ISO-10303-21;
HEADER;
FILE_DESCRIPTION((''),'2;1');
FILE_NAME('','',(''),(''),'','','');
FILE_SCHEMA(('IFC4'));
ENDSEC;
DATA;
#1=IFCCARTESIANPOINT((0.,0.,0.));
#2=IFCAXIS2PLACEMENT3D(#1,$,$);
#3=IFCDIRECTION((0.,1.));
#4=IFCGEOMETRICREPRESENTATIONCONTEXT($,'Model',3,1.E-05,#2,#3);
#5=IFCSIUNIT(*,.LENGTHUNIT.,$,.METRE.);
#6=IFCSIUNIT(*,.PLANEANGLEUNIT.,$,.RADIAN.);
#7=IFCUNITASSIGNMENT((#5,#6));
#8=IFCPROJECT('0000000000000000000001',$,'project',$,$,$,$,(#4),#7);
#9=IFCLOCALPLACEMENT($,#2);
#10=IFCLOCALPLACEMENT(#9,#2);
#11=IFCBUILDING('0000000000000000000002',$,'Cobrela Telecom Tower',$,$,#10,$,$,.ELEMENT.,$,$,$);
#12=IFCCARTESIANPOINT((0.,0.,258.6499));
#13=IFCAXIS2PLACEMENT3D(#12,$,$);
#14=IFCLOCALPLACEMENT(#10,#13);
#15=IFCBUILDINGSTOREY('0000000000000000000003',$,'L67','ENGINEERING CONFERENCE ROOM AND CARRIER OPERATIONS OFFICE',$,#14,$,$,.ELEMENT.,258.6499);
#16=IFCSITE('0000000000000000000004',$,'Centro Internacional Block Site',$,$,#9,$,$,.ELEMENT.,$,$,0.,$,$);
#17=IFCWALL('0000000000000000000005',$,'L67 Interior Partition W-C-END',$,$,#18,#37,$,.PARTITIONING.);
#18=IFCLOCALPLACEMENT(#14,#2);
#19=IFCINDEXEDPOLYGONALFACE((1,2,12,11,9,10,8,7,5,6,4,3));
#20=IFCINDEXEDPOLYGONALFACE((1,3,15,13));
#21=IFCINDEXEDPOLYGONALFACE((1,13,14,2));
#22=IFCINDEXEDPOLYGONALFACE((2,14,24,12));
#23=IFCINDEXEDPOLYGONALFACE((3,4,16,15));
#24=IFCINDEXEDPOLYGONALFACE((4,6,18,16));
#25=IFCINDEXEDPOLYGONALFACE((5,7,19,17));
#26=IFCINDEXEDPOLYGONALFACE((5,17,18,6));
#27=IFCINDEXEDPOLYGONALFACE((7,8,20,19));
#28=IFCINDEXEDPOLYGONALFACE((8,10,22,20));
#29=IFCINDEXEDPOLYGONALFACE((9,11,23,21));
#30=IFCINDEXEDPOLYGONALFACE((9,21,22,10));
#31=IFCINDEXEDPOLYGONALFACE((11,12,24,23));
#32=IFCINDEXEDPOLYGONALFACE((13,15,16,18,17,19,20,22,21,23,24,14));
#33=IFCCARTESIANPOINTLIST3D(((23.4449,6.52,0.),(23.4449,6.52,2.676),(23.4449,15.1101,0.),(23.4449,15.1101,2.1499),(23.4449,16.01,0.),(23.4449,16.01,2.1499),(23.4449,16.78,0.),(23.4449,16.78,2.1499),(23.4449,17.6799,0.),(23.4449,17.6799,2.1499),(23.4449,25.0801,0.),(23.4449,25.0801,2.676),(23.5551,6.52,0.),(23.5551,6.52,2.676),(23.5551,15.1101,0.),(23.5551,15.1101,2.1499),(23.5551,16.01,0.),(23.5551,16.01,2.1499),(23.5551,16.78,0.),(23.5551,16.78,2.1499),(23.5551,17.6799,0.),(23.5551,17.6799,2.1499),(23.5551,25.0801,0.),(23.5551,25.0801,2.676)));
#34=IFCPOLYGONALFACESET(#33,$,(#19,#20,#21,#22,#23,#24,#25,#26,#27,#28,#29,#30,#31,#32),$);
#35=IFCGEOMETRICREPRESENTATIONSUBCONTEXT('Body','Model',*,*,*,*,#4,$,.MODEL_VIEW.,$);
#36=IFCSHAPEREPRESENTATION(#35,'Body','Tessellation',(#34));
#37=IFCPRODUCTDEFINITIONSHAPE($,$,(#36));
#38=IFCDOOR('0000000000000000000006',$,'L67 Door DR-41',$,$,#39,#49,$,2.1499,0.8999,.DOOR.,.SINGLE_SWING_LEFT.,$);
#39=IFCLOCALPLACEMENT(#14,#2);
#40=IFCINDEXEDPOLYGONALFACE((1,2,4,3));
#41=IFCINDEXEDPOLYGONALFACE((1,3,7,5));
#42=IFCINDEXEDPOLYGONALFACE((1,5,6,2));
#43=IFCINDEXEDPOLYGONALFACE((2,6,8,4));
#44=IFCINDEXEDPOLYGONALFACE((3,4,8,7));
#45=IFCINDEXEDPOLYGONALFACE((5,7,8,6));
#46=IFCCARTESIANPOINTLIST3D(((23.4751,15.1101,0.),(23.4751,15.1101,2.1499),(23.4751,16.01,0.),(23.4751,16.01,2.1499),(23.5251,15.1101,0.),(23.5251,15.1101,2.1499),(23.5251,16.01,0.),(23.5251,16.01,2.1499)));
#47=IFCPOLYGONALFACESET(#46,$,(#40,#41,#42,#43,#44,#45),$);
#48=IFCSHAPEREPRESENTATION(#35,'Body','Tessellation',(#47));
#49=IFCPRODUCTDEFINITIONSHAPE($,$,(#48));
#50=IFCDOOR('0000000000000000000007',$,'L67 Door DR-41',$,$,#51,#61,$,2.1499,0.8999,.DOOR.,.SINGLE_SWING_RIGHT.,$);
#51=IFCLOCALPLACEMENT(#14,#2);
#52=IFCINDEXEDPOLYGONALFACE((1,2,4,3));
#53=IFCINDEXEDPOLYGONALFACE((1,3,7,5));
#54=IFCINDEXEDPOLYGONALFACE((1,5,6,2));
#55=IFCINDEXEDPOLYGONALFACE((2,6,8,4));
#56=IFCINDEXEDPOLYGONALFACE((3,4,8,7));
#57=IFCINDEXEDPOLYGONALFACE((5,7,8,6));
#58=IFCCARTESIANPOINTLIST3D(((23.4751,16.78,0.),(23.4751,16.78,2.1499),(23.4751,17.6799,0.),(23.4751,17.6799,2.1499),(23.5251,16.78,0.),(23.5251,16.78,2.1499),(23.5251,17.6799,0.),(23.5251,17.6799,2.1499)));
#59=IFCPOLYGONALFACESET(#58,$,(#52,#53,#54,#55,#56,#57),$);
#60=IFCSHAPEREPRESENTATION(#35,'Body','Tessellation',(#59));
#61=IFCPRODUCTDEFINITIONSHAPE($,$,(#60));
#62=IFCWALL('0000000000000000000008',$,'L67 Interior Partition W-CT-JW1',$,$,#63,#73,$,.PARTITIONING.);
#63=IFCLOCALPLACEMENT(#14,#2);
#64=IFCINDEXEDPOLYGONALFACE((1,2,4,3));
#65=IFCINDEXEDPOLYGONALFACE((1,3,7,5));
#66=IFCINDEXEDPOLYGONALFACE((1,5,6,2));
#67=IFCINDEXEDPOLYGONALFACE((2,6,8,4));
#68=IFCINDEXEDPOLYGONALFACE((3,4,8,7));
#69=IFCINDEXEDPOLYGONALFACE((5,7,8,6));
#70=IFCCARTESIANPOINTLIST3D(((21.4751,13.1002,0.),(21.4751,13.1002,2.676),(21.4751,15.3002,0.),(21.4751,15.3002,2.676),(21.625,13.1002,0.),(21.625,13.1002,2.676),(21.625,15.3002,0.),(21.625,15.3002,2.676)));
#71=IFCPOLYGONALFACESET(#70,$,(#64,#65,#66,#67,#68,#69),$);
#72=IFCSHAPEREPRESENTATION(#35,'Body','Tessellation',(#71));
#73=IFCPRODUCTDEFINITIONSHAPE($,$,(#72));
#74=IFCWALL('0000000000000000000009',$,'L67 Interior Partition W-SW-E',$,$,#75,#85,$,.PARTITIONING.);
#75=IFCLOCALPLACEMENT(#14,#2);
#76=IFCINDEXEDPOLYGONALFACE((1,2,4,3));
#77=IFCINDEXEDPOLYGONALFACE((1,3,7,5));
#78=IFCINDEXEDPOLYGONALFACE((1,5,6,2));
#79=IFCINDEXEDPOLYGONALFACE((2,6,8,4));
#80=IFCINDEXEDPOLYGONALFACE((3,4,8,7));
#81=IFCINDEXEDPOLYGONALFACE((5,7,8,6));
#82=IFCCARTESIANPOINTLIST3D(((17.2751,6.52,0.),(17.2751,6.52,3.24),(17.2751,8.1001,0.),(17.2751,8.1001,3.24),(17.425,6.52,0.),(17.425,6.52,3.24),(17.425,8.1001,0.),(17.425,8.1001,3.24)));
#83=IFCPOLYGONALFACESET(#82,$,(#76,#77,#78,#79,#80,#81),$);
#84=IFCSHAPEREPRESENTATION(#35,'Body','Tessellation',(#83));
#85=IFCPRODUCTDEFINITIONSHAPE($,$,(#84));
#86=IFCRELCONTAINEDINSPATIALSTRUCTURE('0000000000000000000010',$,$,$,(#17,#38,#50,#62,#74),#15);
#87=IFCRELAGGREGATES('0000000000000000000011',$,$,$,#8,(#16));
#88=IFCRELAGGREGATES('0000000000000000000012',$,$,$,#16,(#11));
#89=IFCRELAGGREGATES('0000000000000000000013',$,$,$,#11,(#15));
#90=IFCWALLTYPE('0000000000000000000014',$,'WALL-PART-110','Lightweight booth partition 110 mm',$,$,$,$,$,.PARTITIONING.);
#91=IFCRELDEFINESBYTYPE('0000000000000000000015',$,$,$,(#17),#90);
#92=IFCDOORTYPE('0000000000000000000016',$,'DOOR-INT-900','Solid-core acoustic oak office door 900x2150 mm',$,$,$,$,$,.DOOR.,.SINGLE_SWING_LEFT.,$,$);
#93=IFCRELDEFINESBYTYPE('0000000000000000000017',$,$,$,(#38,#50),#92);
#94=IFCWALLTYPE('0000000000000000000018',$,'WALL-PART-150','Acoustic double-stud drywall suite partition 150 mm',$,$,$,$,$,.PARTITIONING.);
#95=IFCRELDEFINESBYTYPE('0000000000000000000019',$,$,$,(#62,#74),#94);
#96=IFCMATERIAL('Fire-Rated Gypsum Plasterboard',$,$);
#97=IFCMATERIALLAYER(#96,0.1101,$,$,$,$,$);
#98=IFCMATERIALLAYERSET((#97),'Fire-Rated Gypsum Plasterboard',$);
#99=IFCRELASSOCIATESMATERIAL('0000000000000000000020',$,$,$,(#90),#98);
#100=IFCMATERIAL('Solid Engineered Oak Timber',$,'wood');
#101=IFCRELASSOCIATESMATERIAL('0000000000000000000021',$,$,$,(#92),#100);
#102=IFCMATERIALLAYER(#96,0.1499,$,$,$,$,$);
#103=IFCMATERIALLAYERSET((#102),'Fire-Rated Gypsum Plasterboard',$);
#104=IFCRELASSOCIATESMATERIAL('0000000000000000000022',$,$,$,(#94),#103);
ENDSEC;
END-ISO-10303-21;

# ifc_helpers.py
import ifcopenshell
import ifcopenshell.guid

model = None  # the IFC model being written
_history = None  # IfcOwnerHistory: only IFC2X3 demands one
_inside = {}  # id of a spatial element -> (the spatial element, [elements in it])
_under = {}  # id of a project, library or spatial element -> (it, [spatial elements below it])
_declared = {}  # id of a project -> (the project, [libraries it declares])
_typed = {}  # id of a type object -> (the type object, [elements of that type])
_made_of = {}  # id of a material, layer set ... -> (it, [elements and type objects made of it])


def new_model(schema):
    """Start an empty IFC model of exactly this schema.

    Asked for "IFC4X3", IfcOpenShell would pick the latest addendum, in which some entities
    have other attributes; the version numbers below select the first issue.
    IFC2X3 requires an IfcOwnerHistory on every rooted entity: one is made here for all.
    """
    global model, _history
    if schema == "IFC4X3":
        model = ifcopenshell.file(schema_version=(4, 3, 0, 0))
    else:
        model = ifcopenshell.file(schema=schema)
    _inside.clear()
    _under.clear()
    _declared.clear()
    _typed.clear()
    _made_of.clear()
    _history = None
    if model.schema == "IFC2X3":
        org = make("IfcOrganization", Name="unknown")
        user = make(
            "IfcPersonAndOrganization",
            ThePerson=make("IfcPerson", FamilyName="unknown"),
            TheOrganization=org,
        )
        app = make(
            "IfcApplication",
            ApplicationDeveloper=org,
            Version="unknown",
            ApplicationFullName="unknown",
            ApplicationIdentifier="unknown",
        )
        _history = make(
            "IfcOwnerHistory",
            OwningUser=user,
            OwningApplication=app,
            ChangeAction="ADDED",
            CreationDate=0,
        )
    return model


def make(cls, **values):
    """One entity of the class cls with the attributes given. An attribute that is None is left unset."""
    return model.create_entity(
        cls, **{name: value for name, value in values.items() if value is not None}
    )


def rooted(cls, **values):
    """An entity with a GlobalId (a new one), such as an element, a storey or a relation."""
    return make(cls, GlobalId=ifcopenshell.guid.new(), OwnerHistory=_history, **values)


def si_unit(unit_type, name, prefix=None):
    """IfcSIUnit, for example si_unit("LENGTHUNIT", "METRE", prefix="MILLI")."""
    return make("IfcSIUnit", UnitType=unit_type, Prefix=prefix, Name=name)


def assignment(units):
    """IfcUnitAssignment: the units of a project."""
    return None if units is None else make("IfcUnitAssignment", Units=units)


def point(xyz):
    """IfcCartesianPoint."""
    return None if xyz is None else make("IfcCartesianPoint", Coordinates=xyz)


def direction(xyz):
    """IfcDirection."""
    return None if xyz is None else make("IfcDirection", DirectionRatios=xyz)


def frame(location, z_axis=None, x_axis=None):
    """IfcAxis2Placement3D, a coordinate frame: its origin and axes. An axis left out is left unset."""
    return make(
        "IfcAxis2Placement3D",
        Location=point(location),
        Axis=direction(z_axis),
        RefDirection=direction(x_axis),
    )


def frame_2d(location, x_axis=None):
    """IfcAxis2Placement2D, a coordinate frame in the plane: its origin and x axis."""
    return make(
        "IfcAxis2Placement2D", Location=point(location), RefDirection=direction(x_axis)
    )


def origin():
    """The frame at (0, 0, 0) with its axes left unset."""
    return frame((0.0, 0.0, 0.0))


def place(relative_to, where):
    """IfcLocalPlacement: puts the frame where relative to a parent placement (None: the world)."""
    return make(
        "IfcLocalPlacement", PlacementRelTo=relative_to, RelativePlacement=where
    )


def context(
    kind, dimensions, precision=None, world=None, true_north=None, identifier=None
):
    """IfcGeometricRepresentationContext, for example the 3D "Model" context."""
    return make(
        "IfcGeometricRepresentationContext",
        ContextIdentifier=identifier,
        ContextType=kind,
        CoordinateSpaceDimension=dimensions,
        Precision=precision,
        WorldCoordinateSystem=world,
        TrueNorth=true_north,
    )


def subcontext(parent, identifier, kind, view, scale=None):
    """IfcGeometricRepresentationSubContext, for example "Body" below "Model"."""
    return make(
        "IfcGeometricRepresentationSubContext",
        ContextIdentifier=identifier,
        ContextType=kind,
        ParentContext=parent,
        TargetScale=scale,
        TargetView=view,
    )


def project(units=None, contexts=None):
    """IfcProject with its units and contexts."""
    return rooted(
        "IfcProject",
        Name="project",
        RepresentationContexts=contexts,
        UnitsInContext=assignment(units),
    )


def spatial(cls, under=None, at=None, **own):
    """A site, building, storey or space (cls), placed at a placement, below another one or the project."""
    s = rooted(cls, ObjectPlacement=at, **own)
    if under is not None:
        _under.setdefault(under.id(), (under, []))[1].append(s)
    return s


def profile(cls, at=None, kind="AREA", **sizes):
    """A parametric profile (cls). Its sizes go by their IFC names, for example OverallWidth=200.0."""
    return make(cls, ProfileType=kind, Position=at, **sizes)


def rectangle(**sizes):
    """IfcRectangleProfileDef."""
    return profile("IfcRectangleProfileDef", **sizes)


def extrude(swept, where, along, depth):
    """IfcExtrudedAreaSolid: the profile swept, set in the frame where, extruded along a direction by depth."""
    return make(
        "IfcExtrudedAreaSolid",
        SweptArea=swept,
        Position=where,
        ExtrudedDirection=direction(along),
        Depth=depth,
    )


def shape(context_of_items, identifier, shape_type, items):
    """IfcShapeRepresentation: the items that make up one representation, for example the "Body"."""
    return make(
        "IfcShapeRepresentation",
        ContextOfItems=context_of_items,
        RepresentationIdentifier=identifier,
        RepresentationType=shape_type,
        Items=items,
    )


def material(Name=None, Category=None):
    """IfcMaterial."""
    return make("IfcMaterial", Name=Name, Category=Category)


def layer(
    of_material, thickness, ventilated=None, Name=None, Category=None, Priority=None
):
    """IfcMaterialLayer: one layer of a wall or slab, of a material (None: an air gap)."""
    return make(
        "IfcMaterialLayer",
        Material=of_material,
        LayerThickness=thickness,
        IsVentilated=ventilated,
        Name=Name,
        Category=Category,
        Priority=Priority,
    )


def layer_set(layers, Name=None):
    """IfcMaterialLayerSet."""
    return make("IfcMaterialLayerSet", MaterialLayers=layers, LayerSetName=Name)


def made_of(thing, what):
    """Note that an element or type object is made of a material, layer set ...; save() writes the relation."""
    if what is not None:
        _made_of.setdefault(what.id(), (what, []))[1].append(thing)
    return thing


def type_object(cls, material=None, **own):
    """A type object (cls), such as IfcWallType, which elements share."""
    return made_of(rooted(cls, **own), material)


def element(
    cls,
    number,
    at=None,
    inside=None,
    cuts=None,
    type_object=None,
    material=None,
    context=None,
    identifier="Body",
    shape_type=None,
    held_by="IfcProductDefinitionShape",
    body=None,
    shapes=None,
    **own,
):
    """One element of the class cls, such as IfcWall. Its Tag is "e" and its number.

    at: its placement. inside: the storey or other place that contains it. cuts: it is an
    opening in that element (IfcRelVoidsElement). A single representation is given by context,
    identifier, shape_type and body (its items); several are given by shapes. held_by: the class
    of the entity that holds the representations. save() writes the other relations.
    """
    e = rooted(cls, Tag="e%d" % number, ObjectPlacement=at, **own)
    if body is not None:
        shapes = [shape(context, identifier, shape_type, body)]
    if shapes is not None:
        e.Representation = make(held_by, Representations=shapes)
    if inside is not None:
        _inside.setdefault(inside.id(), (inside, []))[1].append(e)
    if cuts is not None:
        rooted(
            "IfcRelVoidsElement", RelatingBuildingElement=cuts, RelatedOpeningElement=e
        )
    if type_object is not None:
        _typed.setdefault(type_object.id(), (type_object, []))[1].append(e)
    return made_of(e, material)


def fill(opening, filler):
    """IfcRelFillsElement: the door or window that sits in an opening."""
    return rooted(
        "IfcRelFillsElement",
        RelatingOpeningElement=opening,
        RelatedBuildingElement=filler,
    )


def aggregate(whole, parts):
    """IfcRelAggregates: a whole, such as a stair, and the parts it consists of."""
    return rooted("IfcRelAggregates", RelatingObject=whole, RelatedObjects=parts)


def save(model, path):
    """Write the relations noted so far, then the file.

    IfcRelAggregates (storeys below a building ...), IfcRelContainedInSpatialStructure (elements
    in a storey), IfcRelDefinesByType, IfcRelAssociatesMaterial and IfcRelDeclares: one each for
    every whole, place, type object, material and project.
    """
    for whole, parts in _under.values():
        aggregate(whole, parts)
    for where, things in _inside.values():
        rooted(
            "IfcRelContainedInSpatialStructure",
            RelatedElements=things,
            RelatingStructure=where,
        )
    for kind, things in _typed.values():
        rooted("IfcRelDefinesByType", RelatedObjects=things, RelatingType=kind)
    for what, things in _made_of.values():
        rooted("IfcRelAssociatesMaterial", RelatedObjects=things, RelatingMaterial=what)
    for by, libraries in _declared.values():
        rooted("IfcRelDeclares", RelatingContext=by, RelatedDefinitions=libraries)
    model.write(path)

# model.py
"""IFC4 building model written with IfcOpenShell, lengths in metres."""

from ifc_helpers import new_model, si_unit, direction, frame, frame_2d, origin, place, context, subcontext, project, spatial, rectangle, extrude, material, layer, layer_set, type_object, element, fill, save


model = new_model("IFC4")

# Units and contexts
model_context = context("Model", 3, precision=1e-05, world=origin(), true_north=direction((0.0, 1.0)))
body_context = subcontext(model_context, "Body", "Model", "MODEL_VIEW")
ifc_project = project(units=[si_unit("LENGTHUNIT", "METRE"), si_unit("PLANEANGLEUNIT", "RADIAN")], contexts=[model_context])

# Site, building, storey
site_placement = place(None, origin())
site = spatial("IfcSite", under=ifc_project, at=site_placement, Name="Centro Internacional Block Site", CompositionType="ELEMENT", RefElevation=0.0)
building_placement = place(site_placement, origin())
building = spatial("IfcBuilding", under=site, at=building_placement, Name="Cobrela Telecom Tower", CompositionType="ELEMENT")
storey_placement = place(building_placement, frame((0.0, 0.0, 258.6499)))
storey = spatial("IfcBuildingStorey", under=building, at=storey_placement, Name="L67", Description="ENGINEERING CONFERENCE ROOM AND CARRIER OPERATIONS OFFICE", CompositionType="ELEMENT", Elevation=258.6499)

# Shared definitions
ifc_material_1 = material(Name="Fire-Rated Gypsum Plasterboard")
ifc_layer_1 = layer(ifc_material_1, 0.1101)
ifc_layer_set_1 = layer_set([ifc_layer_1], Name="Fire-Rated Gypsum Plasterboard")
wall_type_1 = type_object("IfcWallType", Name="WALL-PART-110", Description="Lightweight booth partition 110 mm", PredefinedType="PARTITIONING", material=ifc_layer_set_1)

# Wall, openings, doors
wall_1_placement = place(storey_placement, frame((23.5, 6.52, 0.0), z_axis=(0.0, 0.0, 1.0), x_axis=(0.0, 1.0, 0.0)))
wall_1 = element("IfcWall", 1, at=wall_1_placement, inside=storey, type_object=wall_type_1, Name="L67 Interior Partition W-C-END", PredefinedType="PARTITIONING", context=body_context, shape_type="SweptSolid", body=[
    extrude(rectangle(XDim=18.5601, YDim=0.1101, at=frame_2d((9.28, 0.0))), origin(), (0.0, 0.0, 1.0), 2.676),
])
opening_1_placement = place(wall_1_placement, frame((8.5901, 0.0, 0.0)))
opening_1 = element("IfcOpeningElement", 2, at=opening_1_placement, cuts=wall_1, PredefinedType="OPENING", context=body_context, shape_type="SweptSolid", body=[
    extrude(rectangle(XDim=0.8999, YDim=2.1499, at=frame_2d((0.45, 1.075))), frame((0.0, 0.0669, 0.0), z_axis=(0.0, -1.0, 0.0), x_axis=(1.0, 0.0, 0.0)), (0.0, 0.0, 1.0), 0.134),
])
opening_2_placement = place(wall_1_placement, frame((10.26, 0.0, 0.0)))
opening_2 = element("IfcOpeningElement", 3, at=opening_2_placement, cuts=wall_1, PredefinedType="OPENING", context=body_context, shape_type="SweptSolid", body=[
    extrude(rectangle(XDim=0.8999, YDim=2.1499, at=frame_2d((0.45, 1.075))), frame((0.0, 0.0669, 0.0), z_axis=(0.0, -1.0, 0.0), x_axis=(1.0, 0.0, 0.0)), (0.0, 0.0, 1.0), 0.134),
])
ifc_material_2 = material(Name="Solid Engineered Oak Timber", Category="wood")
door_type = type_object("IfcDoorType", Name="DOOR-INT-900", Description="Solid-core acoustic oak office door 900x2150 mm", OperationType="SINGLE_SWING_LEFT", PredefinedType="DOOR", material=ifc_material_2)
door_1_placement = place(opening_1_placement, origin())
door_1 = element("IfcDoor", 4, at=door_1_placement, inside=storey, type_object=door_type, Name="L67 Door DR-41", OperationType="SINGLE_SWING_LEFT", OverallHeight=2.1499, OverallWidth=0.8999, PredefinedType="DOOR", context=body_context, shape_type="SweptSolid", body=[
    extrude(rectangle(XDim=0.8999, YDim=2.1499, at=frame_2d((0.45, 1.075))), frame((0.0, 0.0249, 0.0), z_axis=(0.0, -1.0, 0.0), x_axis=(1.0, 0.0, 0.0)), (0.0, 0.0, 1.0), 0.05),
])
fill(opening_1, door_1)
door_2_placement = place(opening_2_placement, origin())
door_2 = element("IfcDoor", 5, at=door_2_placement, inside=storey, type_object=door_type, Name="L67 Door DR-41", OperationType="SINGLE_SWING_RIGHT", OverallHeight=2.1499, OverallWidth=0.8999, PredefinedType="DOOR", context=body_context, shape_type="SweptSolid", body=[
    extrude(rectangle(XDim=0.8999, YDim=2.1499, at=frame_2d((0.45, 1.075))), frame((0.0, 0.0249, 0.0), z_axis=(0.0, -1.0, 0.0), x_axis=(1.0, 0.0, 0.0)), (0.0, 0.0, 1.0), 0.05),
])
fill(opening_2, door_2)

# Walls
ifc_layer_2 = layer(ifc_material_1, 0.1499)
ifc_layer_set_2 = layer_set([ifc_layer_2], Name="Fire-Rated Gypsum Plasterboard")
wall_type_2 = type_object("IfcWallType", Name="WALL-PART-150", Description="Acoustic double-stud drywall suite partition 150 mm", PredefinedType="PARTITIONING", material=ifc_layer_set_2)
wall_2_placement = place(storey_placement, frame((21.55, 13.1001, 0.0), z_axis=(0.0, 0.0, 1.0), x_axis=(0.0, 1.0, 0.0)))
element("IfcWall", 6, at=wall_2_placement, inside=storey, type_object=wall_type_2, Name="L67 Interior Partition W-CT-JW1", PredefinedType="PARTITIONING", context=body_context, shape_type="SweptSolid", body=[
    extrude(rectangle(XDim=2.2, YDim=0.1499, at=frame_2d((1.1001, 0.0))), origin(), (0.0, 0.0, 1.0), 2.676),
])
wall_3_placement = place(storey_placement, frame((17.3501, 6.52, 0.0), z_axis=(0.0, 0.0, 1.0), x_axis=(0.0, 1.0, 0.0)))
element("IfcWall", 7, at=wall_3_placement, inside=storey, type_object=wall_type_2, Name="L67 Interior Partition W-SW-E", PredefinedType="PARTITIONING", context=body_context, shape_type="SweptSolid", body=[
    extrude(rectangle(XDim=1.5801, YDim=0.1499, at=frame_2d((0.79, 0.0))), origin(), (0.0, 0.0, 1.0), 3.24),
])

save(model, "model.ifc")
